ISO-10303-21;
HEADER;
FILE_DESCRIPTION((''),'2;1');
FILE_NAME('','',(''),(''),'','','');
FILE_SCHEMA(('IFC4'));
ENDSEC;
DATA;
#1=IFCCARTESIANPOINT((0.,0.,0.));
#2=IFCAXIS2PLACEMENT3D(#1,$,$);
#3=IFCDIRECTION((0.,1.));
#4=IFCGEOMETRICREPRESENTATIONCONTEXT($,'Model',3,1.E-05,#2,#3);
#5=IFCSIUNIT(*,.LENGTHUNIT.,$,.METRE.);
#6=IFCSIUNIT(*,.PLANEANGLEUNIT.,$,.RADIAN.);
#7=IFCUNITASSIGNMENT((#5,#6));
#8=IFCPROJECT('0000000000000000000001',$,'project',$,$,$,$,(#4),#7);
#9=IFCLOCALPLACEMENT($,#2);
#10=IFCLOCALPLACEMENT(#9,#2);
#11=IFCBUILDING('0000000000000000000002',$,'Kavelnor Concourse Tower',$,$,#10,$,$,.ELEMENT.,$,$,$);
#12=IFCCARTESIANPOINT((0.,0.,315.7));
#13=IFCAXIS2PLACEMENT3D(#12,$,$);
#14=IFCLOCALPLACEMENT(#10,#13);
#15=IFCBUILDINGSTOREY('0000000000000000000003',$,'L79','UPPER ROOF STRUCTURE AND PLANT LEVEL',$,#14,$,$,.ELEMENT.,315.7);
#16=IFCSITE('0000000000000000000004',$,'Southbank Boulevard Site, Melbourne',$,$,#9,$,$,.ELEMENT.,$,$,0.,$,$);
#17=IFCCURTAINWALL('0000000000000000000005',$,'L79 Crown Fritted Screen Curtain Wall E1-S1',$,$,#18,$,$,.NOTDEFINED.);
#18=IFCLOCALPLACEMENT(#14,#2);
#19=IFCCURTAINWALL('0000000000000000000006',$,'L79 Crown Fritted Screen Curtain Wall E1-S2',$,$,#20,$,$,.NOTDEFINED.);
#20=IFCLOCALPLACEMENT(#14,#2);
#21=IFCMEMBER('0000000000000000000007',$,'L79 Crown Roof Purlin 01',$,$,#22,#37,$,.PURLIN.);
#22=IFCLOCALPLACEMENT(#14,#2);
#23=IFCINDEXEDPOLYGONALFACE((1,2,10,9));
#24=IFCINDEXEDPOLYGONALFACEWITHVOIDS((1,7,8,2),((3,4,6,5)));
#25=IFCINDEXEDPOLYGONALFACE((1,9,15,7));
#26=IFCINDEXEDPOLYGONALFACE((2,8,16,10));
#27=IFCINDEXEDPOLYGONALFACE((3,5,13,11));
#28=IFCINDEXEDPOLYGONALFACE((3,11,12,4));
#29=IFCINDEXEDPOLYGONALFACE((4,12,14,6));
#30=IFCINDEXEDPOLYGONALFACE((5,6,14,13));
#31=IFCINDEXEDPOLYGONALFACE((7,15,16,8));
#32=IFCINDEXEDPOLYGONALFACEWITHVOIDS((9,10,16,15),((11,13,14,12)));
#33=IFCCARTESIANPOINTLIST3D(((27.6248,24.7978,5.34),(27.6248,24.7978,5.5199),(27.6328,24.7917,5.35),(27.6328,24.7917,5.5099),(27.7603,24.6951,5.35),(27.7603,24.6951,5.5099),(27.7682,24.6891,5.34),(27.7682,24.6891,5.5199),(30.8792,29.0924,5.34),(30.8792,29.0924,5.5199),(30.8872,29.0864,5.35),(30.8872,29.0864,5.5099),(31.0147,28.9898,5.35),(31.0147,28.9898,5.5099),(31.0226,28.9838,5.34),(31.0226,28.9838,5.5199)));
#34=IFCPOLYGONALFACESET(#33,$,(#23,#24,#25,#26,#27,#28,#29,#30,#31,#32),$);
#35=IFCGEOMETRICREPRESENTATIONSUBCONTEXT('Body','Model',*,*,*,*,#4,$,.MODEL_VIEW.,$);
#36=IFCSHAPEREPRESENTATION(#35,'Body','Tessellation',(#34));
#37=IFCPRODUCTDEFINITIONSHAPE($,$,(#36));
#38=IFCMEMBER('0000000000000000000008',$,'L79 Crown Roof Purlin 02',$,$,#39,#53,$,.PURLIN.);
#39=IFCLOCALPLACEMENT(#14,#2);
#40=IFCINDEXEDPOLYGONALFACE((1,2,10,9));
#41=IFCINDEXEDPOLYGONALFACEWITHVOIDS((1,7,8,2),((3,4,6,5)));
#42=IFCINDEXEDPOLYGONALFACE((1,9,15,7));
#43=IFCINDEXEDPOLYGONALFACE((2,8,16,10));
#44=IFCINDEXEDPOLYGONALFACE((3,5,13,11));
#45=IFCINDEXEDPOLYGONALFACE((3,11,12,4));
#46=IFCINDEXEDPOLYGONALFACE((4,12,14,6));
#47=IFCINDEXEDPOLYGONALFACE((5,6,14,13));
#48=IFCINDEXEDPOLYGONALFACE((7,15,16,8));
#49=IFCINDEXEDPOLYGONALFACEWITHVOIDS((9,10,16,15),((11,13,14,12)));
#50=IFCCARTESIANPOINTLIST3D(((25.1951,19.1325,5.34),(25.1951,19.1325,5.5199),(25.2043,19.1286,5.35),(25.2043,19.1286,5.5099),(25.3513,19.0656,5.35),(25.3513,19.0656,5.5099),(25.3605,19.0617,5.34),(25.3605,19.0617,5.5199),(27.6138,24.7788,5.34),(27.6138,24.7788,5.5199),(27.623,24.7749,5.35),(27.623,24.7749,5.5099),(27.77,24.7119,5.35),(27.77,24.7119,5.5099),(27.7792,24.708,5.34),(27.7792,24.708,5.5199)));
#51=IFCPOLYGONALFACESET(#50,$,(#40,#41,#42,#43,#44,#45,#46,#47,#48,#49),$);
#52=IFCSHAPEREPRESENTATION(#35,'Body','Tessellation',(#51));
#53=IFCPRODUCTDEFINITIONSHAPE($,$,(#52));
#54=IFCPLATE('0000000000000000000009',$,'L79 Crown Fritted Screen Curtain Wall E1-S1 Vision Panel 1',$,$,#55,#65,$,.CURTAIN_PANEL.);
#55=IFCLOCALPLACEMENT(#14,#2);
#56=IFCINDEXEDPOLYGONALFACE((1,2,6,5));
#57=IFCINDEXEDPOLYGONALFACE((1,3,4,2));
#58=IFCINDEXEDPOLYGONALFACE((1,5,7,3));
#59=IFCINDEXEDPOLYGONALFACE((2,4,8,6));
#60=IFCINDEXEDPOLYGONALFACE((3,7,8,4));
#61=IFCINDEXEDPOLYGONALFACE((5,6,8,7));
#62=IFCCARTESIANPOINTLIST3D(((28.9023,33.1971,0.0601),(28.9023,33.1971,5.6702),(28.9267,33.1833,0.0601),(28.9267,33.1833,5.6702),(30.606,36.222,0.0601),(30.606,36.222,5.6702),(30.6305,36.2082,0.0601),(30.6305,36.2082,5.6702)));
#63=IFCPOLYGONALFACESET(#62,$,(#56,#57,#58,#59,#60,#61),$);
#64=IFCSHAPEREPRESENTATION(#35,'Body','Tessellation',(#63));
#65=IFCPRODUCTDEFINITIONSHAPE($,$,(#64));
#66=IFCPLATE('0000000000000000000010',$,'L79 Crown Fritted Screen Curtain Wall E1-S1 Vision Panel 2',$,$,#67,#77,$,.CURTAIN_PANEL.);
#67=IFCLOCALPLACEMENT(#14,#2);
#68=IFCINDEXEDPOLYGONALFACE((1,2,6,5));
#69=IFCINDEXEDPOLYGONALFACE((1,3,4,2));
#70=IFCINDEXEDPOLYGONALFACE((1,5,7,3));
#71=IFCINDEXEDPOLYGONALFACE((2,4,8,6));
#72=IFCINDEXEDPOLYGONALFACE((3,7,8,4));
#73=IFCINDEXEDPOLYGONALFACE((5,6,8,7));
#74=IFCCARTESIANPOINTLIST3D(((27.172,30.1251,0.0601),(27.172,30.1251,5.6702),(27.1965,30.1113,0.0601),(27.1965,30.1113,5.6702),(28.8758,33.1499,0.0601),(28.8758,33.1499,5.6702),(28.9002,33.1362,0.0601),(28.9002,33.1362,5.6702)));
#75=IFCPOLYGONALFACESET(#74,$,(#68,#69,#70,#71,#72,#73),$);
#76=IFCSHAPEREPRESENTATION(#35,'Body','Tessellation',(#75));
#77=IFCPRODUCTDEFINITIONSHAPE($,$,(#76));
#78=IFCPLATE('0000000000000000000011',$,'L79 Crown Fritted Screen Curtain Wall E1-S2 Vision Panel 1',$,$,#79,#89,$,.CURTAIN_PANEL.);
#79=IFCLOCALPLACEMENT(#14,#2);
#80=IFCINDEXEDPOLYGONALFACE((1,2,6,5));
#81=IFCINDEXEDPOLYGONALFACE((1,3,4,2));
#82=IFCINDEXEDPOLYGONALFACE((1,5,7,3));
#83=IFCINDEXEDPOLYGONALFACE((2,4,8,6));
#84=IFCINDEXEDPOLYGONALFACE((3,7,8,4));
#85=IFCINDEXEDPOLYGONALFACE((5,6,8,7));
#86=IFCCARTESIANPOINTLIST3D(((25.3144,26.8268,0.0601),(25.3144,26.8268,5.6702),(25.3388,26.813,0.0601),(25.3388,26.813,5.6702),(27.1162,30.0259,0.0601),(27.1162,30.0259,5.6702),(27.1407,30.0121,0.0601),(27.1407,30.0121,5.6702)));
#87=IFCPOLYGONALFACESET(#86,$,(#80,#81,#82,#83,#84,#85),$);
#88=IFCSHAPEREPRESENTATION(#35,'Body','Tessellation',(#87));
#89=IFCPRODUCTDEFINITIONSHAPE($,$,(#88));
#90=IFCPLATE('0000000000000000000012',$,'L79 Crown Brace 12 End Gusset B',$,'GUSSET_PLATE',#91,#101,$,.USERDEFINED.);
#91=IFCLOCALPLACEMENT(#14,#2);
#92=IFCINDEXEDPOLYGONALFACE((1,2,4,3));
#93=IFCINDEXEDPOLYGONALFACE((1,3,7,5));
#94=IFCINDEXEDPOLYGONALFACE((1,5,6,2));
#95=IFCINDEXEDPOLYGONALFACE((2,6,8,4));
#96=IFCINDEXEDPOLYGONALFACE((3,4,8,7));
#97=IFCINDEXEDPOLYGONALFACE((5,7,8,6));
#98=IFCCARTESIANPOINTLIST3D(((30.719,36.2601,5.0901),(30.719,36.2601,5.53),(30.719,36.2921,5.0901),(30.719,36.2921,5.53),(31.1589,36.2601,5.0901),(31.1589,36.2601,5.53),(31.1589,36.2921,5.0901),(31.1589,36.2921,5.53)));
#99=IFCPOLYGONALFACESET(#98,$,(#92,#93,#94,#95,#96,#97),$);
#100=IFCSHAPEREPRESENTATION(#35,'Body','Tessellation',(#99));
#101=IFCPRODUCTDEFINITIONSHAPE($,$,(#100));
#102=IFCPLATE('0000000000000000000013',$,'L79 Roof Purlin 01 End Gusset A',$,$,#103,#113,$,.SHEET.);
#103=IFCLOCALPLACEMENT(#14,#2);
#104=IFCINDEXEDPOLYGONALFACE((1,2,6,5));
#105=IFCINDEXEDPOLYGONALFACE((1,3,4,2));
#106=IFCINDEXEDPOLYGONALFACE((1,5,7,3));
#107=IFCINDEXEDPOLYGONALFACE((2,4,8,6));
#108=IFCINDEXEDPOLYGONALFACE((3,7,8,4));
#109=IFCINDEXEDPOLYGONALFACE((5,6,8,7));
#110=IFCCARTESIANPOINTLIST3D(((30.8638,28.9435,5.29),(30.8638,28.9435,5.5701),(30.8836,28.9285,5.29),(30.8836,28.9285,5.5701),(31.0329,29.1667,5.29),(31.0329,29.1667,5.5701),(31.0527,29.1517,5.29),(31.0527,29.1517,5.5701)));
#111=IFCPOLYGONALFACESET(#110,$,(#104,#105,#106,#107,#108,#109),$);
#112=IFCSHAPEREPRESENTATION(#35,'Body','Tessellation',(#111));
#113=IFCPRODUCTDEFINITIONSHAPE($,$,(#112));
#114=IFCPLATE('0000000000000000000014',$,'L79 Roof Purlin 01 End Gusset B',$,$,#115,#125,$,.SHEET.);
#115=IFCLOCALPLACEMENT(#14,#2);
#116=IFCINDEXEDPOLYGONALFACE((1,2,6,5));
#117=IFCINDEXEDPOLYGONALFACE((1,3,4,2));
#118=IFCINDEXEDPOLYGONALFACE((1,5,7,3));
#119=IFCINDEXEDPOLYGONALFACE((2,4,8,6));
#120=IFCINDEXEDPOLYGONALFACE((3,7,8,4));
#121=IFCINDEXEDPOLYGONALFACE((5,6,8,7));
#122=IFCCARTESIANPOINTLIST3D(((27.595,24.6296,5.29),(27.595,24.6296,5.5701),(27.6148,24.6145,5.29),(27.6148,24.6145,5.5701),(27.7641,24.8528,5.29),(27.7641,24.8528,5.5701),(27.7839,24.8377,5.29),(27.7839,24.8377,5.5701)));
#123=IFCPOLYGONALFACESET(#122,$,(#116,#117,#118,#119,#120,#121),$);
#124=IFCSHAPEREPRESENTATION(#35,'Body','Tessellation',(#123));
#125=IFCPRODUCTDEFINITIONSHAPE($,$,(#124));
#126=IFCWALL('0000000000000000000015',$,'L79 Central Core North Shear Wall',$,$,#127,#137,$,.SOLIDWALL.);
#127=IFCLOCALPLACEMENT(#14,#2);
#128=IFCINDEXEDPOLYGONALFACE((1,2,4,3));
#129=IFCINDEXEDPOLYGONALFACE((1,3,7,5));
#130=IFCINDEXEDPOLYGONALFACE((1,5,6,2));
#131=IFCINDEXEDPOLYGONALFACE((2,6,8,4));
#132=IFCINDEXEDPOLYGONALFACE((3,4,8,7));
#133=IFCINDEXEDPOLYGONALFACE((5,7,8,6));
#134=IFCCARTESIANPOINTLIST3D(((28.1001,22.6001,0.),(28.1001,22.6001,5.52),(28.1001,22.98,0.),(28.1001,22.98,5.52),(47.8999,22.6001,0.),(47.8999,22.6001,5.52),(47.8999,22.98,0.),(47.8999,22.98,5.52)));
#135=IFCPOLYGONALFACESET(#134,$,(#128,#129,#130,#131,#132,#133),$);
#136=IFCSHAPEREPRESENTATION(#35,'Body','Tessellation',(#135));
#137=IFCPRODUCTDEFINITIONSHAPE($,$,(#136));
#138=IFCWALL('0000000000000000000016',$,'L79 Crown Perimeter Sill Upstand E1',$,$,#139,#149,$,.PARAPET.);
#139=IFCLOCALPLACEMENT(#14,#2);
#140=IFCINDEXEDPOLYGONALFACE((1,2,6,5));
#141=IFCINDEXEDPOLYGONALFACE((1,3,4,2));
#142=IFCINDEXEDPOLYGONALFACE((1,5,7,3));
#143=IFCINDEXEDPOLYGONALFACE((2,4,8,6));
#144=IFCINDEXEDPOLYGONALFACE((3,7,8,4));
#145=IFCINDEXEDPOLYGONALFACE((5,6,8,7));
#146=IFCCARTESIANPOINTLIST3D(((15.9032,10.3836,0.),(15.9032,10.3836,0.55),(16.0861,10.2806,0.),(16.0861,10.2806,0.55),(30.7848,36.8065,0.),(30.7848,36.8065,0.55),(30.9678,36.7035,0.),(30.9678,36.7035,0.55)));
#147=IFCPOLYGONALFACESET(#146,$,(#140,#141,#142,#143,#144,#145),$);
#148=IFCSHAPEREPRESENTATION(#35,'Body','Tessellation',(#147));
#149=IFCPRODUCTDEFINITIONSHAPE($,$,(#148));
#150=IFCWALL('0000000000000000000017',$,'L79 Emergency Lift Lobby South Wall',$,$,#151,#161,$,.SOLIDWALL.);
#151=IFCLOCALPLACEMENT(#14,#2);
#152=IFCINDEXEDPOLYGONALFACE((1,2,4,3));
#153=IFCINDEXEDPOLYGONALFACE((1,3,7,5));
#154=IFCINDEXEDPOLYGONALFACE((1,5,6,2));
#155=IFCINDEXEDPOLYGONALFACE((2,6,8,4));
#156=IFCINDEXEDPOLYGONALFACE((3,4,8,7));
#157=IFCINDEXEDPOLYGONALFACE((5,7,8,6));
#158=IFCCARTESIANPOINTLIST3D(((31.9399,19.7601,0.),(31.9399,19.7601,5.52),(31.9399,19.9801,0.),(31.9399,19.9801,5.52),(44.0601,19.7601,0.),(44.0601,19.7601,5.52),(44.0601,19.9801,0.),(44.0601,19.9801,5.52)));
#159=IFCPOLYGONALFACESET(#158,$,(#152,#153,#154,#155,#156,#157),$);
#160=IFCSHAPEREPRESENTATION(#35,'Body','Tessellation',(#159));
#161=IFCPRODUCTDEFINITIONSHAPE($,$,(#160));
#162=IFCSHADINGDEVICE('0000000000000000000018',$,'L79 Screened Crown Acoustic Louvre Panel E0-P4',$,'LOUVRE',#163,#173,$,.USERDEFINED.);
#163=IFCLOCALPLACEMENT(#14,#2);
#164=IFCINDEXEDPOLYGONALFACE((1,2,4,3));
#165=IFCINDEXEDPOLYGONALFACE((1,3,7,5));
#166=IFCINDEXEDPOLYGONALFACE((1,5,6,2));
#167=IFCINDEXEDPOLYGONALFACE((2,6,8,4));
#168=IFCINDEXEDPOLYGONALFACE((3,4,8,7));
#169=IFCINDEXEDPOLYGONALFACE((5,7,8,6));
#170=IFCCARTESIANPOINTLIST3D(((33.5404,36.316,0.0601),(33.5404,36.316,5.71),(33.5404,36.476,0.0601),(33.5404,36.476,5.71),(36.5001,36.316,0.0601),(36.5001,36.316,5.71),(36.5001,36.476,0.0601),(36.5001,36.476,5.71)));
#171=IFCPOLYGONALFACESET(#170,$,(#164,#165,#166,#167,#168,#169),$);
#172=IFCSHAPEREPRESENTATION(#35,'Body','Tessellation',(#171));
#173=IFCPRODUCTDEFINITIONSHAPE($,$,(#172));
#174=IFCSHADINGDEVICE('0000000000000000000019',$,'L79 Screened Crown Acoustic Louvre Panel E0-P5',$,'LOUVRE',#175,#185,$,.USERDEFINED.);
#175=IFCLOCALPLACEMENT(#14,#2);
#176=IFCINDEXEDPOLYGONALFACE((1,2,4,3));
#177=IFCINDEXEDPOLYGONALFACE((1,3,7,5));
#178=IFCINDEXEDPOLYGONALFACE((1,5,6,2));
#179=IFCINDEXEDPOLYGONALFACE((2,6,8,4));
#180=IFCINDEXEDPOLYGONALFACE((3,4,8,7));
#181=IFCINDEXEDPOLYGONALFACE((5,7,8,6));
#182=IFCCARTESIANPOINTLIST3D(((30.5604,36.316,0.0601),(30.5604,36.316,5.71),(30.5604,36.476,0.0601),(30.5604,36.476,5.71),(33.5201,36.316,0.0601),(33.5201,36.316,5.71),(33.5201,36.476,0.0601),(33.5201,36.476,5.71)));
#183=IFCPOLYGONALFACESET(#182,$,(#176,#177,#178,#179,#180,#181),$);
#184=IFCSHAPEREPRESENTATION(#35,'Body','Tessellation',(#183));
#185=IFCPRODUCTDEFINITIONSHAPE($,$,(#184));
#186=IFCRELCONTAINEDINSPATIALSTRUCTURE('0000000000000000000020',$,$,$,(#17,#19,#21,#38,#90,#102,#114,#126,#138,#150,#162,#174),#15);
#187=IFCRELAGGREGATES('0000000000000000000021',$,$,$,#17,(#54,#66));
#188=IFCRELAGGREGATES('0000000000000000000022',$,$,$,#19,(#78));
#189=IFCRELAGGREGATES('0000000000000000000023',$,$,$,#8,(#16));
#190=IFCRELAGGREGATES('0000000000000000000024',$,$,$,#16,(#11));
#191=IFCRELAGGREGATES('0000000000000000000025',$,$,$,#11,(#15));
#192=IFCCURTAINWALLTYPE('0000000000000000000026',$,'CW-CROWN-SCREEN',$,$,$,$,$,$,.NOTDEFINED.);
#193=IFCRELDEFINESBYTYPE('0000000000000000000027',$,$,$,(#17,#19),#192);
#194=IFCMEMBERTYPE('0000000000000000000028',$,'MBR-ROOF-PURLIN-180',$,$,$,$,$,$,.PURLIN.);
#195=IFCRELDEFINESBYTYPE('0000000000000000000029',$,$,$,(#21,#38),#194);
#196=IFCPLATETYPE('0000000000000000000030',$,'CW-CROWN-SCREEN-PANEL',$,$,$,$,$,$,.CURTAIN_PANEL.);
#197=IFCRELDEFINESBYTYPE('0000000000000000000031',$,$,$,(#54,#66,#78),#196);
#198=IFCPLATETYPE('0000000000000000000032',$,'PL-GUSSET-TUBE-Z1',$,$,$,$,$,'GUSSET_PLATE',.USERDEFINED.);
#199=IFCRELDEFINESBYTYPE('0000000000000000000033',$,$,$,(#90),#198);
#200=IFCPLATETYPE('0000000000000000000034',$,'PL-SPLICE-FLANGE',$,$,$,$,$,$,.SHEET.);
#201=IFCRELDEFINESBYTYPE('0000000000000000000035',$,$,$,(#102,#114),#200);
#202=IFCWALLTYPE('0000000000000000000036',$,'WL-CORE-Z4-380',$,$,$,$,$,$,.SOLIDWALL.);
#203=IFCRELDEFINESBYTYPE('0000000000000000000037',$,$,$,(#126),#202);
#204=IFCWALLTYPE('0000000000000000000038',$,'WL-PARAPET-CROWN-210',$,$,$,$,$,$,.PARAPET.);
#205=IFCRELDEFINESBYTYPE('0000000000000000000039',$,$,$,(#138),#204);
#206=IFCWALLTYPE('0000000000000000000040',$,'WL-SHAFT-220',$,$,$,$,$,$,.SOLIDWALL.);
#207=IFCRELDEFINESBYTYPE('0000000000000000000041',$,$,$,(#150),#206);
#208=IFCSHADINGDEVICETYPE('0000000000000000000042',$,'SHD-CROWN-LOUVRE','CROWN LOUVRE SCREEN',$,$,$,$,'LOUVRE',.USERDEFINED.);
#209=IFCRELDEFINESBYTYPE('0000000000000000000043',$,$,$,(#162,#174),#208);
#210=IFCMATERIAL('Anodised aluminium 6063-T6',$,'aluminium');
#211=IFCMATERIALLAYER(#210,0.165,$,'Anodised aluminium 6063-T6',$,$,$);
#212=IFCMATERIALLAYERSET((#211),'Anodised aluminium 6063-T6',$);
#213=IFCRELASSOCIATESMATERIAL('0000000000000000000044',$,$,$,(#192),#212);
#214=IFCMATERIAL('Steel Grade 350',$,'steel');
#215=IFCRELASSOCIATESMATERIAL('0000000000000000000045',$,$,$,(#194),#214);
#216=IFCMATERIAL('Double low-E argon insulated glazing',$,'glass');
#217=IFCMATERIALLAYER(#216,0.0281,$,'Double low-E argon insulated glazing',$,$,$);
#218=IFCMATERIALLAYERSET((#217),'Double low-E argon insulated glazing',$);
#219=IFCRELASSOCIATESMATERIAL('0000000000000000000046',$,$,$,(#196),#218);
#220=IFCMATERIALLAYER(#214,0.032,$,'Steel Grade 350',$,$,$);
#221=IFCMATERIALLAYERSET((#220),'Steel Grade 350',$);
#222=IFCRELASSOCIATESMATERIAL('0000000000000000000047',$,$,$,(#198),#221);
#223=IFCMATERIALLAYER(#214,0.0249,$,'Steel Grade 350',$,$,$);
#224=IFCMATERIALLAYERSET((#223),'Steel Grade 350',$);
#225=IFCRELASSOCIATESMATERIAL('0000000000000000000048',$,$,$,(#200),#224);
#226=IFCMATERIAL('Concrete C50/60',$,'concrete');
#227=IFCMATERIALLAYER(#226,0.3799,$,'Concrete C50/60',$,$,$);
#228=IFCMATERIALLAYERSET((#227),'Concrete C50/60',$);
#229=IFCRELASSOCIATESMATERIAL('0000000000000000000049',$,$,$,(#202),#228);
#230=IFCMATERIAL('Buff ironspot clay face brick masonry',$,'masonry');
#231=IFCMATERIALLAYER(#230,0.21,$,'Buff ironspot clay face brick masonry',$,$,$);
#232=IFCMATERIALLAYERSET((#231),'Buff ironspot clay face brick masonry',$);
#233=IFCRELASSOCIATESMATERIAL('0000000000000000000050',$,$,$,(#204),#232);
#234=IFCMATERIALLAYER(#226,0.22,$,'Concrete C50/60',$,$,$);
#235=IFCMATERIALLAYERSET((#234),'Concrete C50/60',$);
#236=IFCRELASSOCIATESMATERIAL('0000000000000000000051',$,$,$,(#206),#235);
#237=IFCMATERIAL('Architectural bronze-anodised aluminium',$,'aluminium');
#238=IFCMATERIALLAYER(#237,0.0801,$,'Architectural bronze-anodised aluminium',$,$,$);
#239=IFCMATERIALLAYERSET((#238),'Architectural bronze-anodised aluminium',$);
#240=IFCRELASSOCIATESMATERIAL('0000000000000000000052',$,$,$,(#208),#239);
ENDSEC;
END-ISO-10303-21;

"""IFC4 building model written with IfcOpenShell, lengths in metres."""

from ifc_helpers import new_model, si_unit, direction, frame, frame_2d, origin, origin_2d, place, context, subcontext, project, spatial, rectangle, hollow_rectangle, extrude, material, layer, layer_set, material_profile, profile_set, type_object, element, aggregate, save


model = new_model("IFC4")

# Units and contexts
model_context = context("Model", 3, precision=1e-05, world=origin(), true_north=direction((0.0, 1.0)))
body_context = subcontext(model_context, "Body", "Model", "MODEL_VIEW")
ifc_project = project(units=[si_unit("LENGTHUNIT", "METRE"), si_unit("PLANEANGLEUNIT", "RADIAN")], contexts=[model_context])

# Site, building, storey
site_placement = place(None, origin())
site = spatial("IfcSite", under=ifc_project, at=site_placement, Name="Southbank Boulevard Site, Melbourne", CompositionType="ELEMENT", RefElevation=0.0)
building_placement = place(site_placement, origin())
building = spatial("IfcBuilding", under=site, at=building_placement, Name="Kavelnor Concourse Tower", CompositionType="ELEMENT")
storey_placement = place(building_placement, frame((0.0, 0.0, 315.7)))
storey = spatial("IfcBuildingStorey", under=building, at=storey_placement, Name="L79", Description="UPPER ROOF STRUCTURE AND PLANT LEVEL", CompositionType="ELEMENT", Elevation=315.7)

# Shared definitions
ifc_material_1 = material(Name="Steel Grade 350", Category="steel")

# Curtain wall
ifc_material_2 = material(Name="Anodised aluminium 6063-T6", Category="aluminium")
ifc_layer_1 = layer(ifc_material_2, 0.165, Name="Anodised aluminium 6063-T6")
ifc_layer_set_1 = layer_set([ifc_layer_1], Name="Anodised aluminium 6063-T6")
curtain_wall_type = type_object("IfcCurtainWallType", Name="CW-CROWN-SCREEN", PredefinedType="NOTDEFINED", material=ifc_layer_set_1)
curtain_wall_1_placement = place(storey_placement, origin())
curtain_wall_1 = element("IfcCurtainWall", 1, at=curtain_wall_1_placement, inside=storey, type_object=curtain_wall_type, Name="L79 Crown Fritted Screen Curtain Wall E1-S1", PredefinedType="NOTDEFINED")

# Curtain wall
curtain_wall_2_placement = place(storey_placement, origin())
curtain_wall_2 = element("IfcCurtainWall", 2, at=curtain_wall_2_placement, inside=storey, type_object=curtain_wall_type, Name="L79 Crown Fritted Screen Curtain Wall E1-S2", PredefinedType="NOTDEFINED")

# Members
ifc_material_profile_1 = material_profile(ifc_material_1, hollow_rectangle(XDim=0.1799, YDim=0.1799, WallThickness=0.01, at=origin_2d()), Name="SHS 180x180x10")
ifc_profile_set_1 = profile_set([ifc_material_profile_1], Name="Steel Grade 350")
member_type_1 = type_object("IfcMemberType", Name="MBR-ROOF-PURLIN-180", PredefinedType="PURLIN", material=ifc_profile_set_1)
member_1_placement = place(storey_placement, frame((30.9509, 29.0381, 5.4299), z_axis=(-0.603958, -0.797016, 0.0), x_axis=(0.797016, -0.603958, 0.0)))
element("IfcMember", 3, at=member_1_placement, inside=storey, type_object=member_type_1, Name="L79 Crown Roof Purlin 01", PredefinedType="PURLIN", context=body_context, shape_type="SweptSolid", body=[
    extrude(hollow_rectangle(XDim=0.1799, YDim=0.1799, WallThickness=0.01, at=origin_2d()), origin(), (0.0, 0.0, 1.0), 5.3884),
])
member_2_placement = place(storey_placement, frame((27.6965, 24.7434, 5.4299), z_axis=(-0.393766, -0.919211, 0.0), x_axis=(0.919211, -0.393766, 0.0)))
element("IfcMember", 4, at=member_2_placement, inside=storey, type_object=member_type_1, Name="L79 Crown Roof Purlin 02", PredefinedType="PURLIN", context=body_context, shape_type="SweptSolid", body=[
    extrude(hollow_rectangle(XDim=0.1799, YDim=0.1799, WallThickness=0.01, at=origin_2d()), origin(), (0.0, 0.0, 1.0), 6.1426),
])

# Plates
ifc_material_3 = material(Name="Double low-E argon insulated glazing", Category="glass")
ifc_layer_2 = layer(ifc_material_3, 0.0281, Name="Double low-E argon insulated glazing")
ifc_layer_set_2 = layer_set([ifc_layer_2], Name="Double low-E argon insulated glazing")
plate_type_1 = type_object("IfcPlateType", Name="CW-CROWN-SCREEN-PANEL", PredefinedType="CURTAIN_PANEL", material=ifc_layer_set_2)
plate_1_placement = place(storey_placement, frame((29.7664, 34.7026, 0.0601), z_axis=(0.0, 0.0, 1.0), x_axis=(-0.490752, -0.871299, 0.0)))
plate_1 = element("IfcPlate", 5, at=plate_1_placement, type_object=plate_type_1, Name="L79 Crown Fritted Screen Curtain Wall E1-S1 Vision Panel 1", PredefinedType="CURTAIN_PANEL", context=body_context, shape_type="SweptSolid", body=[
    extrude(rectangle(XDim=3.4717, YDim=0.0281, at=origin_2d()), origin(), (0.0, 0.0, 1.0), 5.6101),
])
plate_2_placement = place(storey_placement, frame((28.0361, 31.6306, 0.0601), z_axis=(0.0, 0.0, 1.0), x_axis=(-0.490752, -0.871299, 0.0)))
plate_2 = element("IfcPlate", 6, at=plate_2_placement, type_object=plate_type_1, Name="L79 Crown Fritted Screen Curtain Wall E1-S1 Vision Panel 2", PredefinedType="CURTAIN_PANEL", context=body_context, shape_type="SweptSolid", body=[
    extrude(rectangle(XDim=3.4717, YDim=0.0281, at=origin_2d()), origin(), (0.0, 0.0, 1.0), 5.6101),
])
aggregate(curtain_wall_1, [plate_1, plate_2])
plate_3_placement = place(storey_placement, frame((26.2275, 28.4194, 0.0601), z_axis=(0.0, 0.0, 1.0), x_axis=(-0.490752, -0.871299, 0.0)))
plate_3 = element("IfcPlate", 7, at=plate_3_placement, type_object=plate_type_1, Name="L79 Crown Fritted Screen Curtain Wall E1-S2 Vision Panel 1", PredefinedType="CURTAIN_PANEL", context=body_context, shape_type="SweptSolid", body=[
    extrude(rectangle(XDim=3.6716, YDim=0.0281, at=origin_2d()), origin(), (0.0, 0.0, 1.0), 5.6101),
])
aggregate(curtain_wall_2, [plate_3])

# Plates
ifc_layer_3 = layer(ifc_material_1, 0.032, Name="Steel Grade 350")
ifc_layer_set_3 = layer_set([ifc_layer_3], Name="Steel Grade 350")
plate_type_2 = type_object("IfcPlateType", Name="PL-GUSSET-TUBE-Z1", ElementType="GUSSET_PLATE", PredefinedType="USERDEFINED", material=ifc_layer_set_3)
plate_4_placement = place(storey_placement, frame((30.939, 36.2761, 5.0901), z_axis=(0.0, 0.0, 1.0), x_axis=(-1.0, 0.0, 0.0)))
element("IfcPlate", 8, at=plate_4_placement, inside=storey, type_object=plate_type_2, Name="L79 Crown Brace 12 End Gusset B", ObjectType="GUSSET_PLATE", PredefinedType="USERDEFINED", context=body_context, shape_type="SweptSolid", body=[
    extrude(rectangle(XDim=0.4399, YDim=0.032, at=origin_2d()), origin(), (0.0, 0.0, 1.0), 0.4399),
])
ifc_layer_4 = layer(ifc_material_1, 0.0249, Name="Steel Grade 350")
ifc_layer_set_4 = layer_set([ifc_layer_4], Name="Steel Grade 350")
plate_type_3 = type_object("IfcPlateType", Name="PL-SPLICE-FLANGE", PredefinedType="SHEET", material=ifc_layer_set_4)
for number, where, z_axis, x_axis, name in (
    (9, (30.9583, 29.0476, 5.29), (0.0, 0.0, 1.0), (-0.603904, -0.797057, 0.0), "L79 Roof Purlin 01 End Gusset A"),
    (10, (27.6895, 24.7336, 5.29), (0.0, 0.0, 1.0), (-0.603904, -0.797057, 0.0), "L79 Roof Purlin 01 End Gusset B"),
):
    element("IfcPlate", number, at=place(storey_placement, frame(where, z_axis=z_axis, x_axis=x_axis)), inside=storey, type_object=plate_type_3, Name=name, PredefinedType="SHEET", context=body_context, shape_type="SweptSolid", body=[
        extrude(rectangle(XDim=0.28, YDim=0.0249, at=origin_2d()), origin(), (0.0, 0.0, 1.0), 0.28),
    ])

# Walls
ifc_material_4 = material(Name="Concrete C50/60", Category="concrete")
ifc_layer_5 = layer(ifc_material_4, 0.3799, Name="Concrete C50/60")
ifc_layer_set_5 = layer_set([ifc_layer_5], Name="Concrete C50/60")
wall_type_1 = type_object("IfcWallType", Name="WL-CORE-Z4-380", PredefinedType="SOLIDWALL", material=ifc_layer_set_5)
wall_1_placement = place(storey_placement, frame((28.1001, 22.79, 0.0), z_axis=(0.0, 0.0, 1.0), x_axis=(1.0, 0.0, 0.0)))
element("IfcWall", 11, at=wall_1_placement, inside=storey, type_object=wall_type_1, Name="L79 Central Core North Shear Wall", PredefinedType="SOLIDWALL", context=body_context, shape_type="SweptSolid", body=[
    extrude(rectangle(XDim=19.7998, YDim=0.3799, at=frame_2d((9.8999, 0.0))), origin(), (0.0, 0.0, 1.0), 5.52),
])
ifc_material_5 = material(Name="Buff ironspot clay face brick masonry", Category="masonry")
ifc_layer_6 = layer(ifc_material_5, 0.21, Name="Buff ironspot clay face brick masonry")
ifc_layer_set_6 = layer_set([ifc_layer_6], Name="Buff ironspot clay face brick masonry")
wall_type_2 = type_object("IfcWallType", Name="WL-PARAPET-CROWN-210", PredefinedType="PARAPET", material=ifc_layer_set_6)
wall_2_placement = place(storey_placement, frame((30.8762, 36.7549, 0.0), z_axis=(0.0, 0.0, 1.0), x_axis=(-0.490731, -0.871311, 0.0)))
element("IfcWall", 12, at=wall_2_placement, inside=storey, type_object=wall_type_2, Name="L79 Crown Perimeter Sill Upstand E1", PredefinedType="PARAPET", context=body_context, shape_type="SweptSolid", body=[
    extrude(rectangle(XDim=30.3254, YDim=0.21, at=frame_2d((15.1626, 0.0))), origin(), (0.0, 0.0, 1.0), 0.55),
])
ifc_layer_7 = layer(ifc_material_4, 0.22, Name="Concrete C50/60")
ifc_layer_set_7 = layer_set([ifc_layer_7], Name="Concrete C50/60")
wall_type_3 = type_object("IfcWallType", Name="WL-SHAFT-220", PredefinedType="SOLIDWALL", material=ifc_layer_set_7)
wall_3_placement = place(storey_placement, frame((31.9399, 19.8701, 0.0), z_axis=(0.0, 0.0, 1.0), x_axis=(1.0, 0.0, 0.0)))
element("IfcWall", 13, at=wall_3_placement, inside=storey, type_object=wall_type_3, Name="L79 Emergency Lift Lobby South Wall", PredefinedType="SOLIDWALL", context=body_context, shape_type="SweptSolid", body=[
    extrude(rectangle(XDim=12.1201, YDim=0.22, at=frame_2d((6.0601, 0.0))), origin(), (0.0, 0.0, 1.0), 5.52),
])

# Shading devices
ifc_material_6 = material(Name="Architectural bronze-anodised aluminium", Category="aluminium")
ifc_layer_8 = layer(ifc_material_6, 0.0801, Name="Architectural bronze-anodised aluminium")
ifc_layer_set_8 = layer_set([ifc_layer_8], Name="Architectural bronze-anodised aluminium")
shading_device_type = type_object("IfcShadingDeviceType", Name="SHD-CROWN-LOUVRE", Description="CROWN LOUVRE SCREEN", ElementType="LOUVRE", PredefinedType="USERDEFINED", material=ifc_layer_set_8)
for number, where, z_axis, x_axis, name in (
    (14, (35.0203, 36.396, 0.0601), (0.0, 0.0, 1.0), (-1.0, 0.0, 0.0), "L79 Screened Crown Acoustic Louvre Panel E0-P4"),
    (15, (32.0403, 36.396, 0.0601), (0.0, 0.0, 1.0), (-1.0, 0.0, 0.0), "L79 Screened Crown Acoustic Louvre Panel E0-P5"),
):
    element("IfcShadingDevice", number, at=place(storey_placement, frame(where, z_axis=z_axis, x_axis=x_axis)), inside=storey, type_object=shading_device_type, Name=name, ObjectType="LOUVRE", PredefinedType="USERDEFINED", context=body_context, shape_type="SweptSolid", body=[
        extrude(rectangle(XDim=2.9597, YDim=0.1599, at=origin_2d()), origin(), (0.0, 0.0, 1.0), 5.6499),
    ])

save(model, "model.ifc")
